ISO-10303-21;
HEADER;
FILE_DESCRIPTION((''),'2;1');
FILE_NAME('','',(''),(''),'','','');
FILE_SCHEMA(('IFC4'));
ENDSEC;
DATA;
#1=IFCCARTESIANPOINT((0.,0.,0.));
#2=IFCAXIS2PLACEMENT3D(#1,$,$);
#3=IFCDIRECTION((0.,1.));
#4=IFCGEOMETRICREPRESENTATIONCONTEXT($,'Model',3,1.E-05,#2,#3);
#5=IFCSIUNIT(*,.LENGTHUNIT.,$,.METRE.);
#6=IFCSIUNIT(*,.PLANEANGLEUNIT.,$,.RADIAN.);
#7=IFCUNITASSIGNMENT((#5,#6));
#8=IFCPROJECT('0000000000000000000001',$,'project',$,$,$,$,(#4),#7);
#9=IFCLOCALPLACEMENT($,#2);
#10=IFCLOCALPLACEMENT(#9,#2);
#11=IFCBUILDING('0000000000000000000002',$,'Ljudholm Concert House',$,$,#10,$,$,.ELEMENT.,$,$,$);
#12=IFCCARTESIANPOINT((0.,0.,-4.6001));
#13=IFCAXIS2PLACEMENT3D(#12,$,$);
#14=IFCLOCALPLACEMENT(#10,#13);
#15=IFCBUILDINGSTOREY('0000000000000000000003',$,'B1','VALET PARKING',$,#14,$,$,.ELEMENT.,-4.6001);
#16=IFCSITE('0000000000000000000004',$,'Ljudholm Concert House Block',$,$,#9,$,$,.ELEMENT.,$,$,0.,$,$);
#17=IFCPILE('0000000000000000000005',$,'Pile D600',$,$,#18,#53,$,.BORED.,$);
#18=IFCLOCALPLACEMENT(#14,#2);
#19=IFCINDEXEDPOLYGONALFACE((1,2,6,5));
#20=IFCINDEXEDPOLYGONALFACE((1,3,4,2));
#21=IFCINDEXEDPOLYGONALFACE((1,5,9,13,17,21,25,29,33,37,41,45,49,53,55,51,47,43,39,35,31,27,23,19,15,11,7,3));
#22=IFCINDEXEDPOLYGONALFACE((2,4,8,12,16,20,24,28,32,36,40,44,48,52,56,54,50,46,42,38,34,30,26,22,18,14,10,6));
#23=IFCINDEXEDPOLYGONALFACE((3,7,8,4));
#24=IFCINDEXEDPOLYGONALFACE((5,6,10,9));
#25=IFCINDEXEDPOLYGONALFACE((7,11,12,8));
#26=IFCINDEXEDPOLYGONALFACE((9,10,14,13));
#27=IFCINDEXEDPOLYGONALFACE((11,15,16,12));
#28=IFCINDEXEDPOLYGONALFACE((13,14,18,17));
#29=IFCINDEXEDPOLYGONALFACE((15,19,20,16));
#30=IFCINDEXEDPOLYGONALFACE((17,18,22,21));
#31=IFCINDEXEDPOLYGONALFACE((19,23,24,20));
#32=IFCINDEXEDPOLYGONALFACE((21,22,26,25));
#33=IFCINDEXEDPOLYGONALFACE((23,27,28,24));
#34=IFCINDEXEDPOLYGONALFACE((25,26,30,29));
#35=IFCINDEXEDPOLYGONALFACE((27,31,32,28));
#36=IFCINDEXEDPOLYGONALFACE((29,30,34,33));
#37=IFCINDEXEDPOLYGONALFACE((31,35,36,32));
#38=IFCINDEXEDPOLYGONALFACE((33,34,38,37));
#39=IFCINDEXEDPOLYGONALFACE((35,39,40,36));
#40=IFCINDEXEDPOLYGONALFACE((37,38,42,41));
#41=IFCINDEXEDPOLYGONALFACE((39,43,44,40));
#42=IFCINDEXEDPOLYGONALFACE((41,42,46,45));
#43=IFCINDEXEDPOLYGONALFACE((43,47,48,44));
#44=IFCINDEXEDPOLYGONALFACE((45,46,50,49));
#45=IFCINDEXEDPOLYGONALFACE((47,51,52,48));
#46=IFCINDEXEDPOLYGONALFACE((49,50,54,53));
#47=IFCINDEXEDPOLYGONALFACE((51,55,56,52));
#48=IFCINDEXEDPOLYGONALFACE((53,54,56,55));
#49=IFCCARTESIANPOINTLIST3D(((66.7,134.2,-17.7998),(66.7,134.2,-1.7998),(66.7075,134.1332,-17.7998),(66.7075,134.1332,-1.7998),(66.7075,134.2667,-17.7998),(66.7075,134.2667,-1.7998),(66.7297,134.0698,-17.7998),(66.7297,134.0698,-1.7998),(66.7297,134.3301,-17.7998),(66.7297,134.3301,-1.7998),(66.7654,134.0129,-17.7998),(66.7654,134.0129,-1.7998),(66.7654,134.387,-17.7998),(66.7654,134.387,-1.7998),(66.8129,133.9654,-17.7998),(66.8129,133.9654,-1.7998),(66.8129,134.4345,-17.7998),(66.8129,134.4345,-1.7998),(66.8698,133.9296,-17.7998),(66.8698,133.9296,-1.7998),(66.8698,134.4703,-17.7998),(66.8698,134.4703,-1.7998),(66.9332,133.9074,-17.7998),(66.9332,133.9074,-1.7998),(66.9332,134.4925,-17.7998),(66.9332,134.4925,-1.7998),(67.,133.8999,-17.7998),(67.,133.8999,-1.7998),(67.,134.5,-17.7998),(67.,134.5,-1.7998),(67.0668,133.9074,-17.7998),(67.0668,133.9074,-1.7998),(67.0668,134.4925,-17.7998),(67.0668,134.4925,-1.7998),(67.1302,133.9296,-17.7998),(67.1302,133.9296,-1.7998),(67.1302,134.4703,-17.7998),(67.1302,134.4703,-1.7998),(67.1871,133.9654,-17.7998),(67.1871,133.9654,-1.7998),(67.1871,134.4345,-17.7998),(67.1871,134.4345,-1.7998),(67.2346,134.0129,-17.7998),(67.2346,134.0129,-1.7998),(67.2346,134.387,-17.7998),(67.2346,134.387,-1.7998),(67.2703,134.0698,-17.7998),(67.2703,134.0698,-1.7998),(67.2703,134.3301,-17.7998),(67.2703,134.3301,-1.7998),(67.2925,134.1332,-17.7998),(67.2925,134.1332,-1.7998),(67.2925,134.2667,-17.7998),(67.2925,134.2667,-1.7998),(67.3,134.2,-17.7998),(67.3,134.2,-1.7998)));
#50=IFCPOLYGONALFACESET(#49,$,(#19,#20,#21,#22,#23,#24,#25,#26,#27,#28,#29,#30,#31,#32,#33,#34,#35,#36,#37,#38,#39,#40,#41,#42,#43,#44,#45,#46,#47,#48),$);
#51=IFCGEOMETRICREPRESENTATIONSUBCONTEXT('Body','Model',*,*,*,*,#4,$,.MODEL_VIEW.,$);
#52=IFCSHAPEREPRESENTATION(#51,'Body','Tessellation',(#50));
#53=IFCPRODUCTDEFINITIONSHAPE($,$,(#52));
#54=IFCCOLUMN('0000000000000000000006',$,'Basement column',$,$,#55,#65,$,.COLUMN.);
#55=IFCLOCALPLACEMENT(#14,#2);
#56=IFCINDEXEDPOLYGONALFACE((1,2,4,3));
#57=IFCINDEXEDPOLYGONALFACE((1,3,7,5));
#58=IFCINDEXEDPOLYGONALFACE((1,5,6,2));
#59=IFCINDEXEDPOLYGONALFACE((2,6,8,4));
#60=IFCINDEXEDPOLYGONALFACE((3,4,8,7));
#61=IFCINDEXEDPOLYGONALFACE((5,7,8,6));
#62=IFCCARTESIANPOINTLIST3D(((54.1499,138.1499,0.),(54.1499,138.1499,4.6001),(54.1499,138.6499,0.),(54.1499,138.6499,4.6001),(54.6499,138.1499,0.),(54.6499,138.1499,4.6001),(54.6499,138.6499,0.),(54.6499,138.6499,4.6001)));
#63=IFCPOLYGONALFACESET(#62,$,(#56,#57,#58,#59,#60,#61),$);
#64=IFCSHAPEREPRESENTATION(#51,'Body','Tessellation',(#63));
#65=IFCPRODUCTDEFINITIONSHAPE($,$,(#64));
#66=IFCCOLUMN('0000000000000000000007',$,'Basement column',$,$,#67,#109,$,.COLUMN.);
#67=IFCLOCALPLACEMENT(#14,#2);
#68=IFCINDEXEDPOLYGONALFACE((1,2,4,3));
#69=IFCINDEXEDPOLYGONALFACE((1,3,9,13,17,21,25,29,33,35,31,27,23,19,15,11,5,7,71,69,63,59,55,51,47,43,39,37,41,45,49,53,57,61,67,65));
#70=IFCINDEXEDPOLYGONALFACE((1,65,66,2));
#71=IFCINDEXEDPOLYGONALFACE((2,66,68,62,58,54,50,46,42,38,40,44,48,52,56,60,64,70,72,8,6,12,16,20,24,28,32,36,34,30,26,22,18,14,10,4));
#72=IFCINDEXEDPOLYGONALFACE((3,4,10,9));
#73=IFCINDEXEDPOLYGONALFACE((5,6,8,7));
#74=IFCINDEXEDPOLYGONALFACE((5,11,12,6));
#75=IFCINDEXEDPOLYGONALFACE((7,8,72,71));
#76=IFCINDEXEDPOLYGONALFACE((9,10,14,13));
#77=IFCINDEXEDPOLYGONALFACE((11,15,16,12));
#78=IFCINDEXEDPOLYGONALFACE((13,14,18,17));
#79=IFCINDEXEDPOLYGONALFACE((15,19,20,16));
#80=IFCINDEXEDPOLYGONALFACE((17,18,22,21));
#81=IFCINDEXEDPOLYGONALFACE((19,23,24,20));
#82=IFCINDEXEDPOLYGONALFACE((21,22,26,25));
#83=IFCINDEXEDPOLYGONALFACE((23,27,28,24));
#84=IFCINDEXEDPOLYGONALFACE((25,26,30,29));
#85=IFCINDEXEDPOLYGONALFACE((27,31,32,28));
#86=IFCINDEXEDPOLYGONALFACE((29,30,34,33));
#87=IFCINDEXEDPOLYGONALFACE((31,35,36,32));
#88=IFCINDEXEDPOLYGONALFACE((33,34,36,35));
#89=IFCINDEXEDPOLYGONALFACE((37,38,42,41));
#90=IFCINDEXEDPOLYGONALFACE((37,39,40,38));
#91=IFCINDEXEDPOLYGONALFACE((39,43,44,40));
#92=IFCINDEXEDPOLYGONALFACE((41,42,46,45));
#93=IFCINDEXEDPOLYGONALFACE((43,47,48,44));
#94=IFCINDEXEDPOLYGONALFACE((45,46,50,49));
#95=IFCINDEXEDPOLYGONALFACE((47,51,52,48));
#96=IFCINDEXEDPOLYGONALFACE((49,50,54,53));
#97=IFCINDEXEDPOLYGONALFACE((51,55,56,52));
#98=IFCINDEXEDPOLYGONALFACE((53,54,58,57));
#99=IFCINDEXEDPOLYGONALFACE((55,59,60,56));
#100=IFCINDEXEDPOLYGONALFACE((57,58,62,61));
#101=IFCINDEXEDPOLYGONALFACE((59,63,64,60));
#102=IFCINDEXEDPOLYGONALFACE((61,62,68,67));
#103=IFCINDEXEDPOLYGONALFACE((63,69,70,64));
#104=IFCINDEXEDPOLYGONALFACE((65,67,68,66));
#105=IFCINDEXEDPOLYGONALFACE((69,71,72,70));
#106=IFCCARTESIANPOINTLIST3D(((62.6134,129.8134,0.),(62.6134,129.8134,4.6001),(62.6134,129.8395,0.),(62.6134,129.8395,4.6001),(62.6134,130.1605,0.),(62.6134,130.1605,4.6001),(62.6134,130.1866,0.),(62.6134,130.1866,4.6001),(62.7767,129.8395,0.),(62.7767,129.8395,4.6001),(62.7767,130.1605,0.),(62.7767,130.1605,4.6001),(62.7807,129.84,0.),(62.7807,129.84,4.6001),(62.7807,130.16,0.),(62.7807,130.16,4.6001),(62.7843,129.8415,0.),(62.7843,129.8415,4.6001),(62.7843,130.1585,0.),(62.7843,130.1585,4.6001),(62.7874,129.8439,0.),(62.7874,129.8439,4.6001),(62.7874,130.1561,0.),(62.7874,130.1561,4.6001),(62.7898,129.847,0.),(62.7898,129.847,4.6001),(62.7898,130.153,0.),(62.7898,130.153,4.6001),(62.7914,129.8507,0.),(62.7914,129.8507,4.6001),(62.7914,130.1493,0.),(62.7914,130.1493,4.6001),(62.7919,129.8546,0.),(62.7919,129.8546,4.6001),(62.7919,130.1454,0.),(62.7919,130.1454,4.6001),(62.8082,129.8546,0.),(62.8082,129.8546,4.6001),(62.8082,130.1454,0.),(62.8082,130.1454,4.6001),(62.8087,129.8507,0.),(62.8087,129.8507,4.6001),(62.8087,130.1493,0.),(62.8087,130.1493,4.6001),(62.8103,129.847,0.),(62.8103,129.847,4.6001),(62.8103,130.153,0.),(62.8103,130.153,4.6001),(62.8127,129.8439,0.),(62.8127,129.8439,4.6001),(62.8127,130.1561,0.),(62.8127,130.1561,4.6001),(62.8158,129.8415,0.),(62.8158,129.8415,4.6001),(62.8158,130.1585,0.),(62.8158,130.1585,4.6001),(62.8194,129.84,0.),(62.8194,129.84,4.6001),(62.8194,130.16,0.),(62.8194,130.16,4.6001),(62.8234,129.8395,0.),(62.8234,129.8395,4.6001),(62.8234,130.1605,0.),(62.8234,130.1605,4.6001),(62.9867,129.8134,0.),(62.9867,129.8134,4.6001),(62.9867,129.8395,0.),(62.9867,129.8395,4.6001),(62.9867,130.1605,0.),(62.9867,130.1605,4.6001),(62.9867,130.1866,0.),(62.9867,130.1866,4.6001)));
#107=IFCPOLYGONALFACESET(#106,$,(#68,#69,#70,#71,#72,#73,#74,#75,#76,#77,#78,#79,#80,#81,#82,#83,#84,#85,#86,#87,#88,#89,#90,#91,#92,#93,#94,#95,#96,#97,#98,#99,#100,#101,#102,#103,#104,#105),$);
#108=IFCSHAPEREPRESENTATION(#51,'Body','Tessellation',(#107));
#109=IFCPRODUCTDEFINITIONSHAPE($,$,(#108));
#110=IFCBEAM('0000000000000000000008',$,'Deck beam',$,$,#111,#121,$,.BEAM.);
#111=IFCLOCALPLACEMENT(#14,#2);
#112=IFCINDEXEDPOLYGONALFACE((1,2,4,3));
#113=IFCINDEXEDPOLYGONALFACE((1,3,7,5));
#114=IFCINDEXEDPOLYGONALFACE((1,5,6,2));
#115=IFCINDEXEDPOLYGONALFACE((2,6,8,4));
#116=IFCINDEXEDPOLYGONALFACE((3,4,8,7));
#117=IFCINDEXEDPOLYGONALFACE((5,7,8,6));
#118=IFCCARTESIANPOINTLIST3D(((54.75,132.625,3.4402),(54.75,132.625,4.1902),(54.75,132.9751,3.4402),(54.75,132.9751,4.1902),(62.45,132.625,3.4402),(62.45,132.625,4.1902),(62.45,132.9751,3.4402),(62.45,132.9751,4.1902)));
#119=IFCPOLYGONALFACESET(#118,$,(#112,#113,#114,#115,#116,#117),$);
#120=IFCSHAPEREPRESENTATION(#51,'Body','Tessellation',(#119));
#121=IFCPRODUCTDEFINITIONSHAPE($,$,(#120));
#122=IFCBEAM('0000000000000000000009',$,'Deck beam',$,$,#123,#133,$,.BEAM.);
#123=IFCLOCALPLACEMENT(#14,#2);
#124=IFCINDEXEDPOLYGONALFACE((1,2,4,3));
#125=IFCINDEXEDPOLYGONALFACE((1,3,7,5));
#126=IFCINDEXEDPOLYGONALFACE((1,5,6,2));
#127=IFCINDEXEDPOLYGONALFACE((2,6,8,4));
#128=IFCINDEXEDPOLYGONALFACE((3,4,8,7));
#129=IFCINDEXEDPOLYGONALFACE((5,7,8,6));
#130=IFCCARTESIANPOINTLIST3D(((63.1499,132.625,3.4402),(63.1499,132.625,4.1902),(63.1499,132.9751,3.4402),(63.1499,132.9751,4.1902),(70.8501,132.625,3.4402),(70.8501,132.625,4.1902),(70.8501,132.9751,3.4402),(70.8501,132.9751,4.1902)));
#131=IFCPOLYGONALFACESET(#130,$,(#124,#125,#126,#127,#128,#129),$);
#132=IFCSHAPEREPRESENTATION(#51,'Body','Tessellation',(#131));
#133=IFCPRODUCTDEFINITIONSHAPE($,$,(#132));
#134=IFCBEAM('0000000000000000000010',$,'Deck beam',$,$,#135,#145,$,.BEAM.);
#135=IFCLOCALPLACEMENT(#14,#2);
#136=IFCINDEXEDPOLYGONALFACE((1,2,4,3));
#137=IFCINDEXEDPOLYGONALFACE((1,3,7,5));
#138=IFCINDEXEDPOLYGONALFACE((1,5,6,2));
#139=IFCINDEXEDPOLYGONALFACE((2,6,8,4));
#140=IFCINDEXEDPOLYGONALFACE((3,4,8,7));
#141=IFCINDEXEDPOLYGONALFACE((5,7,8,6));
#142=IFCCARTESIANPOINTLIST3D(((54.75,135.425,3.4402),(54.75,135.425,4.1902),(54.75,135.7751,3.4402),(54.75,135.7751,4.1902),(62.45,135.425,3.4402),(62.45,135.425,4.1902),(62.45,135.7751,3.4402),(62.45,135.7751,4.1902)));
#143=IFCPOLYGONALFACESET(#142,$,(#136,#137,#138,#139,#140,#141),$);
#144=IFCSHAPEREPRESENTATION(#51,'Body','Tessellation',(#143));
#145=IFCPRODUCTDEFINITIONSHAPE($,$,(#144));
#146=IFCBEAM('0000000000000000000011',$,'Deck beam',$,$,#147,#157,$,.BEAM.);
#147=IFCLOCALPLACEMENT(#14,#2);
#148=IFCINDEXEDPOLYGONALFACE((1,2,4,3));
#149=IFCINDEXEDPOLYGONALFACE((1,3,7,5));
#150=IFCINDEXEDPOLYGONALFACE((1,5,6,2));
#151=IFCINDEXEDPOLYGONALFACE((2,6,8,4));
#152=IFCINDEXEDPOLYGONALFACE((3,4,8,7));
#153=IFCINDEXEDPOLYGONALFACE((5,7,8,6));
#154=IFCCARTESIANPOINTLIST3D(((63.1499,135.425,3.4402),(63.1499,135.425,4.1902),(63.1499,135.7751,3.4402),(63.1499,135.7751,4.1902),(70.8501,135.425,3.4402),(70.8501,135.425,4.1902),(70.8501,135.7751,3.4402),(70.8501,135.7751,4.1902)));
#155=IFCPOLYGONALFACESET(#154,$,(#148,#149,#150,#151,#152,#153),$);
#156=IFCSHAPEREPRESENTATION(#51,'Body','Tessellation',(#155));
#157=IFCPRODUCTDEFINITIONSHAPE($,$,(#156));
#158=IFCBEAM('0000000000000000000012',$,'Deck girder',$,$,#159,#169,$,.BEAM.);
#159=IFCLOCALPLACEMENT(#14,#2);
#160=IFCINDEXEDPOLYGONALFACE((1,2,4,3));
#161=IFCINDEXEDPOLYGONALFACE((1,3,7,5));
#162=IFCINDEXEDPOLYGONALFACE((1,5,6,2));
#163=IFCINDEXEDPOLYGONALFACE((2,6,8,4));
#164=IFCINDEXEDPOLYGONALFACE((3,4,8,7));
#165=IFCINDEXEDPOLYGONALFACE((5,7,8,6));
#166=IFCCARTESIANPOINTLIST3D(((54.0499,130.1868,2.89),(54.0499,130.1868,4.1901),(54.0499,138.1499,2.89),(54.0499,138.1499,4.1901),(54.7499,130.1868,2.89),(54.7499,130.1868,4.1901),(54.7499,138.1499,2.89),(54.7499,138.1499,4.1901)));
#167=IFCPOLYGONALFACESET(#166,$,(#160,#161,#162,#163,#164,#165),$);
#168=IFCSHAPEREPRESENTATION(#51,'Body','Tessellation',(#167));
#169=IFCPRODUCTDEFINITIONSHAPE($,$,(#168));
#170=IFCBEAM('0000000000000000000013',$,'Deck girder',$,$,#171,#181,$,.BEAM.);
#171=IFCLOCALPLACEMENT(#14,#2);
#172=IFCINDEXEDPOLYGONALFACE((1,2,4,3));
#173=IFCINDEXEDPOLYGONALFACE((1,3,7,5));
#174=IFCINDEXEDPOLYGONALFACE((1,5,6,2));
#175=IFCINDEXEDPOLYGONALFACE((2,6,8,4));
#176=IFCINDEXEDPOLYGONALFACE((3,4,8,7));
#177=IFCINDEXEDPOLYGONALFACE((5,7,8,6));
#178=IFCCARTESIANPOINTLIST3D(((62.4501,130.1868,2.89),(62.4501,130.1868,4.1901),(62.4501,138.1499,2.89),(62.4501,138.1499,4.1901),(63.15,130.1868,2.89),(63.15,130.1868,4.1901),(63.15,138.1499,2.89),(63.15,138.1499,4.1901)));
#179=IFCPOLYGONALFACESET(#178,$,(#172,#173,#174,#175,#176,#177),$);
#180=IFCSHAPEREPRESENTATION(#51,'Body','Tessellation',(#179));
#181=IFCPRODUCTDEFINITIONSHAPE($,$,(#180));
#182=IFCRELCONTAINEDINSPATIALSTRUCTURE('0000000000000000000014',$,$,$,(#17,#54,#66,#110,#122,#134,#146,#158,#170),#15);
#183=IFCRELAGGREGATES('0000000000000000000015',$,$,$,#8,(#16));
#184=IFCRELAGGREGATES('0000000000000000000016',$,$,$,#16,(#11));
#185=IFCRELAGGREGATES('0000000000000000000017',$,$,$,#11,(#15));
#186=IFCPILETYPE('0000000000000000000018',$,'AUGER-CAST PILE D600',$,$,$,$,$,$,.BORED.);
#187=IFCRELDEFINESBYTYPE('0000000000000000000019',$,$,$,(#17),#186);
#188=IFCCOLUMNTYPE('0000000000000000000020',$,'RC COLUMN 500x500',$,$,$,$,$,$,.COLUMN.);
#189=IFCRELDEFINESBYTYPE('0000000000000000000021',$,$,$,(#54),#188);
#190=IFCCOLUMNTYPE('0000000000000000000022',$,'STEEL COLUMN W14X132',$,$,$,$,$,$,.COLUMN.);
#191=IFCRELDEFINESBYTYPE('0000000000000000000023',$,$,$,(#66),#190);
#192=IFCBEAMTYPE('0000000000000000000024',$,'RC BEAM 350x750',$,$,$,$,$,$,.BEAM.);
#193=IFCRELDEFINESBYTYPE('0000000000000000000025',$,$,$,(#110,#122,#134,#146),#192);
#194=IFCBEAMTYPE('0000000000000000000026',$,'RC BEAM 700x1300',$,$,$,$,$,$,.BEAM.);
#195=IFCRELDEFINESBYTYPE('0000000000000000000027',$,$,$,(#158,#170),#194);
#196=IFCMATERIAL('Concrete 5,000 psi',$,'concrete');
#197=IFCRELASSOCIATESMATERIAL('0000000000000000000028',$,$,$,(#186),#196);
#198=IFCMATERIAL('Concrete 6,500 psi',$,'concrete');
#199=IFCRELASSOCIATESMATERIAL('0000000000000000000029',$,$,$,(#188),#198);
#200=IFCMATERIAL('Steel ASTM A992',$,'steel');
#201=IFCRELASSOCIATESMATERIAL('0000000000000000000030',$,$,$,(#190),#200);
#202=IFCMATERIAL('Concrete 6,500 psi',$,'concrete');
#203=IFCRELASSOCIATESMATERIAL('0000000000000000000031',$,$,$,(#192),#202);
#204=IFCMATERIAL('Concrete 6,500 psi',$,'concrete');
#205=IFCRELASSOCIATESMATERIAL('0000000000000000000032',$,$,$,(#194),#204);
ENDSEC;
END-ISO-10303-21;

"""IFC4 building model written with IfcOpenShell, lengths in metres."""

from ifc_helpers import new_model, si_unit, direction, frame, origin, origin_2d, place, context, subcontext, project, spatial, rectangle, circle, i_section, extrude, material, material_profile, profile_set, type_object, element, save


model = new_model("IFC4")

# Units and contexts
model_context = context("Model", 3, precision=1e-05, world=origin(), true_north=direction((0.0, 1.0)))
body_context = subcontext(model_context, "Body", "Model", "MODEL_VIEW")
ifc_project = project(units=[si_unit("LENGTHUNIT", "METRE"), si_unit("PLANEANGLEUNIT", "RADIAN")], contexts=[model_context])

# Site, building, storey
site_placement = place(None, origin())
site = spatial("IfcSite", under=ifc_project, at=site_placement, Name="Ljudholm Concert House Block", CompositionType="ELEMENT", RefElevation=0.0)
building_placement = place(site_placement, origin())
building = spatial("IfcBuilding", under=site, at=building_placement, Name="Ljudholm Concert House", CompositionType="ELEMENT")
storey_placement = place(building_placement, frame((0.0, 0.0, -4.6001)))
storey = spatial("IfcBuildingStorey", under=building, at=storey_placement, Name="B1", Description="VALET PARKING", CompositionType="ELEMENT", Elevation=-4.6001)

# Pile
ifc_material_1 = material(Name="Concrete 5,000 psi", Category="concrete")
ifc_material_profile_1 = material_profile(ifc_material_1, circle(Radius=0.3, at=origin_2d()), Name="AUGER-CAST PILE D600")
ifc_profile_set_1 = profile_set([ifc_material_profile_1], Name="Concrete 5,000 psi")
pile_type = type_object("IfcPileType", Name="AUGER-CAST PILE D600", PredefinedType="BORED", material=ifc_profile_set_1)
for number, where, z_axis, x_axis, name in (
    (1, (67.0, 134.2, -1.7998), (0.0, 0.0, -1.0), (1.0, 0.0, 0.0), "Pile D600"),
):
    element("IfcPile", number, at=place(storey_placement, frame(where, z_axis=z_axis, x_axis=x_axis)), inside=storey, type_object=pile_type, Name=name, PredefinedType="BORED", context=body_context, shape_type="SweptSolid", body=[
        extrude(circle(Radius=0.3, at=origin_2d()), origin(), (0.0, 0.0, 1.0), 16.0),
    ])

# Columns
ifc_material_2 = material(Name="Concrete 6,500 psi", Category="concrete")
ifc_material_profile_2 = material_profile(ifc_material_2, rectangle(XDim=0.5, YDim=0.5, at=origin_2d()), Name="RC COLUMN 500x500")
ifc_profile_set_2 = profile_set([ifc_material_profile_2], Name="Concrete 6,500 psi")
column_type_1 = type_object("IfcColumnType", Name="RC COLUMN 500x500", PredefinedType="COLUMN", material=ifc_profile_set_2)
column_1_placement = place(storey_placement, frame((54.3999, 138.3999, 0.0), z_axis=(0.0, 0.0, 1.0), x_axis=(1.0, 0.0, 0.0)))
element("IfcColumn", 2, at=column_1_placement, inside=storey, type_object=column_type_1, Name="Basement column", PredefinedType="COLUMN", context=body_context, shape_type="SweptSolid", body=[
    extrude(rectangle(XDim=0.5, YDim=0.5, at=origin_2d()), origin(), (0.0, 0.0, 1.0), 4.6001),
])
ifc_material_3 = material(Name="Steel ASTM A992", Category="steel")
ifc_material_profile_3 = material_profile(ifc_material_3, i_section(OverallWidth=0.3733, OverallDepth=0.3733, WebThickness=0.0164, FlangeThickness=0.0261, FilletRadius=0.0151, at=origin_2d()), Name="W14X132")
ifc_profile_set_3 = profile_set([ifc_material_profile_3], Name="Steel ASTM A992")
column_type_2 = type_object("IfcColumnType", Name="STEEL COLUMN W14X132", PredefinedType="COLUMN", material=ifc_profile_set_3)
column_2_placement = place(storey_placement, frame((62.8, 130.0, 0.0), z_axis=(0.0, 0.0, 1.0), x_axis=(1.0, 0.0, 0.0)))
element("IfcColumn", 3, at=column_2_placement, inside=storey, type_object=column_type_2, Name="Basement column", PredefinedType="COLUMN", context=body_context, shape_type="SweptSolid", body=[
    extrude(i_section(OverallWidth=0.3733, OverallDepth=0.3733, WebThickness=0.0164, FlangeThickness=0.0261, FilletRadius=0.0151, at=origin_2d()), origin(), (0.0, 0.0, 1.0), 4.6001),
])

# Beams
ifc_material_4 = material(Name="Concrete 6,500 psi", Category="concrete")
ifc_material_profile_4 = material_profile(ifc_material_4, rectangle(XDim=0.3501, YDim=0.75, at=origin_2d()), Name="RC BEAM 350x750")
ifc_profile_set_4 = profile_set([ifc_material_profile_4], Name="Concrete 6,500 psi")
beam_type_1 = type_object("IfcBeamType", Name="RC BEAM 350x750", PredefinedType="BEAM", material=ifc_profile_set_4)
beam_1_placement = place(storey_placement, frame((54.75, 132.8, 3.8152), z_axis=(1.0, 0.0, 0.0), x_axis=(0.0, 1.0, 0.0)))
element("IfcBeam", 4, at=beam_1_placement, inside=storey, type_object=beam_type_1, Name="Deck beam", PredefinedType="BEAM", context=body_context, shape_type="SweptSolid", body=[
    extrude(rectangle(XDim=0.3501, YDim=0.75, at=origin_2d()), origin(), (0.0, 0.0, 1.0), 7.7),
])
beam_2_placement = place(storey_placement, frame((63.1499, 132.8, 3.8152), z_axis=(1.0, 0.0, 0.0), x_axis=(0.0, 1.0, 0.0)))
element("IfcBeam", 5, at=beam_2_placement, inside=storey, type_object=beam_type_1, Name="Deck beam", PredefinedType="BEAM", context=body_context, shape_type="SweptSolid", body=[
    extrude(rectangle(XDim=0.3501, YDim=0.75, at=origin_2d()), origin(), (0.0, 0.0, 1.0), 7.7002),
])
beam_3_placement = place(storey_placement, frame((54.75, 135.6001, 3.8152), z_axis=(1.0, 0.0, 0.0), x_axis=(0.0, 1.0, 0.0)))
element("IfcBeam", 6, at=beam_3_placement, inside=storey, type_object=beam_type_1, Name="Deck beam", PredefinedType="BEAM", context=body_context, shape_type="SweptSolid", body=[
    extrude(rectangle(XDim=0.3501, YDim=0.75, at=origin_2d()), origin(), (0.0, 0.0, 1.0), 7.7),
])
beam_4_placement = place(storey_placement, frame((63.1499, 135.6001, 3.8152), z_axis=(1.0, 0.0, 0.0), x_axis=(0.0, 1.0, 0.0)))
element("IfcBeam", 7, at=beam_4_placement, inside=storey, type_object=beam_type_1, Name="Deck beam", PredefinedType="BEAM", context=body_context, shape_type="SweptSolid", body=[
    extrude(rectangle(XDim=0.3501, YDim=0.75, at=origin_2d()), origin(), (0.0, 0.0, 1.0), 7.7002),
])
ifc_material_5 = material(Name="Concrete 6,500 psi", Category="concrete")
ifc_material_profile_5 = material_profile(ifc_material_5, rectangle(XDim=0.7, YDim=1.3, at=origin_2d()), Name="RC BEAM 700x1300")
ifc_profile_set_5 = profile_set([ifc_material_profile_5], Name="Concrete 6,500 psi")
beam_type_2 = type_object("IfcBeamType", Name="RC BEAM 700x1300", PredefinedType="BEAM", material=ifc_profile_set_5)
for number, where, z_axis, x_axis, name in (
    (8, (54.3999, 130.1868, 3.54), (0.0, 1.0, 0.0), (-1.0, 0.0, 0.0), "Deck girder"),
    (9, (62.8, 130.1868, 3.54), (0.0, 1.0, 0.0), (-1.0, 0.0, 0.0), "Deck girder"),
):
    element("IfcBeam", number, at=place(storey_placement, frame(where, z_axis=z_axis, x_axis=x_axis)), inside=storey, type_object=beam_type_2, Name=name, PredefinedType="BEAM", context=body_context, shape_type="SweptSolid", body=[
        extrude(rectangle(XDim=0.7, YDim=1.3, at=origin_2d()), origin(), (0.0, 0.0, 1.0), 7.9631),
    ])

save(model, "model.ifc")
